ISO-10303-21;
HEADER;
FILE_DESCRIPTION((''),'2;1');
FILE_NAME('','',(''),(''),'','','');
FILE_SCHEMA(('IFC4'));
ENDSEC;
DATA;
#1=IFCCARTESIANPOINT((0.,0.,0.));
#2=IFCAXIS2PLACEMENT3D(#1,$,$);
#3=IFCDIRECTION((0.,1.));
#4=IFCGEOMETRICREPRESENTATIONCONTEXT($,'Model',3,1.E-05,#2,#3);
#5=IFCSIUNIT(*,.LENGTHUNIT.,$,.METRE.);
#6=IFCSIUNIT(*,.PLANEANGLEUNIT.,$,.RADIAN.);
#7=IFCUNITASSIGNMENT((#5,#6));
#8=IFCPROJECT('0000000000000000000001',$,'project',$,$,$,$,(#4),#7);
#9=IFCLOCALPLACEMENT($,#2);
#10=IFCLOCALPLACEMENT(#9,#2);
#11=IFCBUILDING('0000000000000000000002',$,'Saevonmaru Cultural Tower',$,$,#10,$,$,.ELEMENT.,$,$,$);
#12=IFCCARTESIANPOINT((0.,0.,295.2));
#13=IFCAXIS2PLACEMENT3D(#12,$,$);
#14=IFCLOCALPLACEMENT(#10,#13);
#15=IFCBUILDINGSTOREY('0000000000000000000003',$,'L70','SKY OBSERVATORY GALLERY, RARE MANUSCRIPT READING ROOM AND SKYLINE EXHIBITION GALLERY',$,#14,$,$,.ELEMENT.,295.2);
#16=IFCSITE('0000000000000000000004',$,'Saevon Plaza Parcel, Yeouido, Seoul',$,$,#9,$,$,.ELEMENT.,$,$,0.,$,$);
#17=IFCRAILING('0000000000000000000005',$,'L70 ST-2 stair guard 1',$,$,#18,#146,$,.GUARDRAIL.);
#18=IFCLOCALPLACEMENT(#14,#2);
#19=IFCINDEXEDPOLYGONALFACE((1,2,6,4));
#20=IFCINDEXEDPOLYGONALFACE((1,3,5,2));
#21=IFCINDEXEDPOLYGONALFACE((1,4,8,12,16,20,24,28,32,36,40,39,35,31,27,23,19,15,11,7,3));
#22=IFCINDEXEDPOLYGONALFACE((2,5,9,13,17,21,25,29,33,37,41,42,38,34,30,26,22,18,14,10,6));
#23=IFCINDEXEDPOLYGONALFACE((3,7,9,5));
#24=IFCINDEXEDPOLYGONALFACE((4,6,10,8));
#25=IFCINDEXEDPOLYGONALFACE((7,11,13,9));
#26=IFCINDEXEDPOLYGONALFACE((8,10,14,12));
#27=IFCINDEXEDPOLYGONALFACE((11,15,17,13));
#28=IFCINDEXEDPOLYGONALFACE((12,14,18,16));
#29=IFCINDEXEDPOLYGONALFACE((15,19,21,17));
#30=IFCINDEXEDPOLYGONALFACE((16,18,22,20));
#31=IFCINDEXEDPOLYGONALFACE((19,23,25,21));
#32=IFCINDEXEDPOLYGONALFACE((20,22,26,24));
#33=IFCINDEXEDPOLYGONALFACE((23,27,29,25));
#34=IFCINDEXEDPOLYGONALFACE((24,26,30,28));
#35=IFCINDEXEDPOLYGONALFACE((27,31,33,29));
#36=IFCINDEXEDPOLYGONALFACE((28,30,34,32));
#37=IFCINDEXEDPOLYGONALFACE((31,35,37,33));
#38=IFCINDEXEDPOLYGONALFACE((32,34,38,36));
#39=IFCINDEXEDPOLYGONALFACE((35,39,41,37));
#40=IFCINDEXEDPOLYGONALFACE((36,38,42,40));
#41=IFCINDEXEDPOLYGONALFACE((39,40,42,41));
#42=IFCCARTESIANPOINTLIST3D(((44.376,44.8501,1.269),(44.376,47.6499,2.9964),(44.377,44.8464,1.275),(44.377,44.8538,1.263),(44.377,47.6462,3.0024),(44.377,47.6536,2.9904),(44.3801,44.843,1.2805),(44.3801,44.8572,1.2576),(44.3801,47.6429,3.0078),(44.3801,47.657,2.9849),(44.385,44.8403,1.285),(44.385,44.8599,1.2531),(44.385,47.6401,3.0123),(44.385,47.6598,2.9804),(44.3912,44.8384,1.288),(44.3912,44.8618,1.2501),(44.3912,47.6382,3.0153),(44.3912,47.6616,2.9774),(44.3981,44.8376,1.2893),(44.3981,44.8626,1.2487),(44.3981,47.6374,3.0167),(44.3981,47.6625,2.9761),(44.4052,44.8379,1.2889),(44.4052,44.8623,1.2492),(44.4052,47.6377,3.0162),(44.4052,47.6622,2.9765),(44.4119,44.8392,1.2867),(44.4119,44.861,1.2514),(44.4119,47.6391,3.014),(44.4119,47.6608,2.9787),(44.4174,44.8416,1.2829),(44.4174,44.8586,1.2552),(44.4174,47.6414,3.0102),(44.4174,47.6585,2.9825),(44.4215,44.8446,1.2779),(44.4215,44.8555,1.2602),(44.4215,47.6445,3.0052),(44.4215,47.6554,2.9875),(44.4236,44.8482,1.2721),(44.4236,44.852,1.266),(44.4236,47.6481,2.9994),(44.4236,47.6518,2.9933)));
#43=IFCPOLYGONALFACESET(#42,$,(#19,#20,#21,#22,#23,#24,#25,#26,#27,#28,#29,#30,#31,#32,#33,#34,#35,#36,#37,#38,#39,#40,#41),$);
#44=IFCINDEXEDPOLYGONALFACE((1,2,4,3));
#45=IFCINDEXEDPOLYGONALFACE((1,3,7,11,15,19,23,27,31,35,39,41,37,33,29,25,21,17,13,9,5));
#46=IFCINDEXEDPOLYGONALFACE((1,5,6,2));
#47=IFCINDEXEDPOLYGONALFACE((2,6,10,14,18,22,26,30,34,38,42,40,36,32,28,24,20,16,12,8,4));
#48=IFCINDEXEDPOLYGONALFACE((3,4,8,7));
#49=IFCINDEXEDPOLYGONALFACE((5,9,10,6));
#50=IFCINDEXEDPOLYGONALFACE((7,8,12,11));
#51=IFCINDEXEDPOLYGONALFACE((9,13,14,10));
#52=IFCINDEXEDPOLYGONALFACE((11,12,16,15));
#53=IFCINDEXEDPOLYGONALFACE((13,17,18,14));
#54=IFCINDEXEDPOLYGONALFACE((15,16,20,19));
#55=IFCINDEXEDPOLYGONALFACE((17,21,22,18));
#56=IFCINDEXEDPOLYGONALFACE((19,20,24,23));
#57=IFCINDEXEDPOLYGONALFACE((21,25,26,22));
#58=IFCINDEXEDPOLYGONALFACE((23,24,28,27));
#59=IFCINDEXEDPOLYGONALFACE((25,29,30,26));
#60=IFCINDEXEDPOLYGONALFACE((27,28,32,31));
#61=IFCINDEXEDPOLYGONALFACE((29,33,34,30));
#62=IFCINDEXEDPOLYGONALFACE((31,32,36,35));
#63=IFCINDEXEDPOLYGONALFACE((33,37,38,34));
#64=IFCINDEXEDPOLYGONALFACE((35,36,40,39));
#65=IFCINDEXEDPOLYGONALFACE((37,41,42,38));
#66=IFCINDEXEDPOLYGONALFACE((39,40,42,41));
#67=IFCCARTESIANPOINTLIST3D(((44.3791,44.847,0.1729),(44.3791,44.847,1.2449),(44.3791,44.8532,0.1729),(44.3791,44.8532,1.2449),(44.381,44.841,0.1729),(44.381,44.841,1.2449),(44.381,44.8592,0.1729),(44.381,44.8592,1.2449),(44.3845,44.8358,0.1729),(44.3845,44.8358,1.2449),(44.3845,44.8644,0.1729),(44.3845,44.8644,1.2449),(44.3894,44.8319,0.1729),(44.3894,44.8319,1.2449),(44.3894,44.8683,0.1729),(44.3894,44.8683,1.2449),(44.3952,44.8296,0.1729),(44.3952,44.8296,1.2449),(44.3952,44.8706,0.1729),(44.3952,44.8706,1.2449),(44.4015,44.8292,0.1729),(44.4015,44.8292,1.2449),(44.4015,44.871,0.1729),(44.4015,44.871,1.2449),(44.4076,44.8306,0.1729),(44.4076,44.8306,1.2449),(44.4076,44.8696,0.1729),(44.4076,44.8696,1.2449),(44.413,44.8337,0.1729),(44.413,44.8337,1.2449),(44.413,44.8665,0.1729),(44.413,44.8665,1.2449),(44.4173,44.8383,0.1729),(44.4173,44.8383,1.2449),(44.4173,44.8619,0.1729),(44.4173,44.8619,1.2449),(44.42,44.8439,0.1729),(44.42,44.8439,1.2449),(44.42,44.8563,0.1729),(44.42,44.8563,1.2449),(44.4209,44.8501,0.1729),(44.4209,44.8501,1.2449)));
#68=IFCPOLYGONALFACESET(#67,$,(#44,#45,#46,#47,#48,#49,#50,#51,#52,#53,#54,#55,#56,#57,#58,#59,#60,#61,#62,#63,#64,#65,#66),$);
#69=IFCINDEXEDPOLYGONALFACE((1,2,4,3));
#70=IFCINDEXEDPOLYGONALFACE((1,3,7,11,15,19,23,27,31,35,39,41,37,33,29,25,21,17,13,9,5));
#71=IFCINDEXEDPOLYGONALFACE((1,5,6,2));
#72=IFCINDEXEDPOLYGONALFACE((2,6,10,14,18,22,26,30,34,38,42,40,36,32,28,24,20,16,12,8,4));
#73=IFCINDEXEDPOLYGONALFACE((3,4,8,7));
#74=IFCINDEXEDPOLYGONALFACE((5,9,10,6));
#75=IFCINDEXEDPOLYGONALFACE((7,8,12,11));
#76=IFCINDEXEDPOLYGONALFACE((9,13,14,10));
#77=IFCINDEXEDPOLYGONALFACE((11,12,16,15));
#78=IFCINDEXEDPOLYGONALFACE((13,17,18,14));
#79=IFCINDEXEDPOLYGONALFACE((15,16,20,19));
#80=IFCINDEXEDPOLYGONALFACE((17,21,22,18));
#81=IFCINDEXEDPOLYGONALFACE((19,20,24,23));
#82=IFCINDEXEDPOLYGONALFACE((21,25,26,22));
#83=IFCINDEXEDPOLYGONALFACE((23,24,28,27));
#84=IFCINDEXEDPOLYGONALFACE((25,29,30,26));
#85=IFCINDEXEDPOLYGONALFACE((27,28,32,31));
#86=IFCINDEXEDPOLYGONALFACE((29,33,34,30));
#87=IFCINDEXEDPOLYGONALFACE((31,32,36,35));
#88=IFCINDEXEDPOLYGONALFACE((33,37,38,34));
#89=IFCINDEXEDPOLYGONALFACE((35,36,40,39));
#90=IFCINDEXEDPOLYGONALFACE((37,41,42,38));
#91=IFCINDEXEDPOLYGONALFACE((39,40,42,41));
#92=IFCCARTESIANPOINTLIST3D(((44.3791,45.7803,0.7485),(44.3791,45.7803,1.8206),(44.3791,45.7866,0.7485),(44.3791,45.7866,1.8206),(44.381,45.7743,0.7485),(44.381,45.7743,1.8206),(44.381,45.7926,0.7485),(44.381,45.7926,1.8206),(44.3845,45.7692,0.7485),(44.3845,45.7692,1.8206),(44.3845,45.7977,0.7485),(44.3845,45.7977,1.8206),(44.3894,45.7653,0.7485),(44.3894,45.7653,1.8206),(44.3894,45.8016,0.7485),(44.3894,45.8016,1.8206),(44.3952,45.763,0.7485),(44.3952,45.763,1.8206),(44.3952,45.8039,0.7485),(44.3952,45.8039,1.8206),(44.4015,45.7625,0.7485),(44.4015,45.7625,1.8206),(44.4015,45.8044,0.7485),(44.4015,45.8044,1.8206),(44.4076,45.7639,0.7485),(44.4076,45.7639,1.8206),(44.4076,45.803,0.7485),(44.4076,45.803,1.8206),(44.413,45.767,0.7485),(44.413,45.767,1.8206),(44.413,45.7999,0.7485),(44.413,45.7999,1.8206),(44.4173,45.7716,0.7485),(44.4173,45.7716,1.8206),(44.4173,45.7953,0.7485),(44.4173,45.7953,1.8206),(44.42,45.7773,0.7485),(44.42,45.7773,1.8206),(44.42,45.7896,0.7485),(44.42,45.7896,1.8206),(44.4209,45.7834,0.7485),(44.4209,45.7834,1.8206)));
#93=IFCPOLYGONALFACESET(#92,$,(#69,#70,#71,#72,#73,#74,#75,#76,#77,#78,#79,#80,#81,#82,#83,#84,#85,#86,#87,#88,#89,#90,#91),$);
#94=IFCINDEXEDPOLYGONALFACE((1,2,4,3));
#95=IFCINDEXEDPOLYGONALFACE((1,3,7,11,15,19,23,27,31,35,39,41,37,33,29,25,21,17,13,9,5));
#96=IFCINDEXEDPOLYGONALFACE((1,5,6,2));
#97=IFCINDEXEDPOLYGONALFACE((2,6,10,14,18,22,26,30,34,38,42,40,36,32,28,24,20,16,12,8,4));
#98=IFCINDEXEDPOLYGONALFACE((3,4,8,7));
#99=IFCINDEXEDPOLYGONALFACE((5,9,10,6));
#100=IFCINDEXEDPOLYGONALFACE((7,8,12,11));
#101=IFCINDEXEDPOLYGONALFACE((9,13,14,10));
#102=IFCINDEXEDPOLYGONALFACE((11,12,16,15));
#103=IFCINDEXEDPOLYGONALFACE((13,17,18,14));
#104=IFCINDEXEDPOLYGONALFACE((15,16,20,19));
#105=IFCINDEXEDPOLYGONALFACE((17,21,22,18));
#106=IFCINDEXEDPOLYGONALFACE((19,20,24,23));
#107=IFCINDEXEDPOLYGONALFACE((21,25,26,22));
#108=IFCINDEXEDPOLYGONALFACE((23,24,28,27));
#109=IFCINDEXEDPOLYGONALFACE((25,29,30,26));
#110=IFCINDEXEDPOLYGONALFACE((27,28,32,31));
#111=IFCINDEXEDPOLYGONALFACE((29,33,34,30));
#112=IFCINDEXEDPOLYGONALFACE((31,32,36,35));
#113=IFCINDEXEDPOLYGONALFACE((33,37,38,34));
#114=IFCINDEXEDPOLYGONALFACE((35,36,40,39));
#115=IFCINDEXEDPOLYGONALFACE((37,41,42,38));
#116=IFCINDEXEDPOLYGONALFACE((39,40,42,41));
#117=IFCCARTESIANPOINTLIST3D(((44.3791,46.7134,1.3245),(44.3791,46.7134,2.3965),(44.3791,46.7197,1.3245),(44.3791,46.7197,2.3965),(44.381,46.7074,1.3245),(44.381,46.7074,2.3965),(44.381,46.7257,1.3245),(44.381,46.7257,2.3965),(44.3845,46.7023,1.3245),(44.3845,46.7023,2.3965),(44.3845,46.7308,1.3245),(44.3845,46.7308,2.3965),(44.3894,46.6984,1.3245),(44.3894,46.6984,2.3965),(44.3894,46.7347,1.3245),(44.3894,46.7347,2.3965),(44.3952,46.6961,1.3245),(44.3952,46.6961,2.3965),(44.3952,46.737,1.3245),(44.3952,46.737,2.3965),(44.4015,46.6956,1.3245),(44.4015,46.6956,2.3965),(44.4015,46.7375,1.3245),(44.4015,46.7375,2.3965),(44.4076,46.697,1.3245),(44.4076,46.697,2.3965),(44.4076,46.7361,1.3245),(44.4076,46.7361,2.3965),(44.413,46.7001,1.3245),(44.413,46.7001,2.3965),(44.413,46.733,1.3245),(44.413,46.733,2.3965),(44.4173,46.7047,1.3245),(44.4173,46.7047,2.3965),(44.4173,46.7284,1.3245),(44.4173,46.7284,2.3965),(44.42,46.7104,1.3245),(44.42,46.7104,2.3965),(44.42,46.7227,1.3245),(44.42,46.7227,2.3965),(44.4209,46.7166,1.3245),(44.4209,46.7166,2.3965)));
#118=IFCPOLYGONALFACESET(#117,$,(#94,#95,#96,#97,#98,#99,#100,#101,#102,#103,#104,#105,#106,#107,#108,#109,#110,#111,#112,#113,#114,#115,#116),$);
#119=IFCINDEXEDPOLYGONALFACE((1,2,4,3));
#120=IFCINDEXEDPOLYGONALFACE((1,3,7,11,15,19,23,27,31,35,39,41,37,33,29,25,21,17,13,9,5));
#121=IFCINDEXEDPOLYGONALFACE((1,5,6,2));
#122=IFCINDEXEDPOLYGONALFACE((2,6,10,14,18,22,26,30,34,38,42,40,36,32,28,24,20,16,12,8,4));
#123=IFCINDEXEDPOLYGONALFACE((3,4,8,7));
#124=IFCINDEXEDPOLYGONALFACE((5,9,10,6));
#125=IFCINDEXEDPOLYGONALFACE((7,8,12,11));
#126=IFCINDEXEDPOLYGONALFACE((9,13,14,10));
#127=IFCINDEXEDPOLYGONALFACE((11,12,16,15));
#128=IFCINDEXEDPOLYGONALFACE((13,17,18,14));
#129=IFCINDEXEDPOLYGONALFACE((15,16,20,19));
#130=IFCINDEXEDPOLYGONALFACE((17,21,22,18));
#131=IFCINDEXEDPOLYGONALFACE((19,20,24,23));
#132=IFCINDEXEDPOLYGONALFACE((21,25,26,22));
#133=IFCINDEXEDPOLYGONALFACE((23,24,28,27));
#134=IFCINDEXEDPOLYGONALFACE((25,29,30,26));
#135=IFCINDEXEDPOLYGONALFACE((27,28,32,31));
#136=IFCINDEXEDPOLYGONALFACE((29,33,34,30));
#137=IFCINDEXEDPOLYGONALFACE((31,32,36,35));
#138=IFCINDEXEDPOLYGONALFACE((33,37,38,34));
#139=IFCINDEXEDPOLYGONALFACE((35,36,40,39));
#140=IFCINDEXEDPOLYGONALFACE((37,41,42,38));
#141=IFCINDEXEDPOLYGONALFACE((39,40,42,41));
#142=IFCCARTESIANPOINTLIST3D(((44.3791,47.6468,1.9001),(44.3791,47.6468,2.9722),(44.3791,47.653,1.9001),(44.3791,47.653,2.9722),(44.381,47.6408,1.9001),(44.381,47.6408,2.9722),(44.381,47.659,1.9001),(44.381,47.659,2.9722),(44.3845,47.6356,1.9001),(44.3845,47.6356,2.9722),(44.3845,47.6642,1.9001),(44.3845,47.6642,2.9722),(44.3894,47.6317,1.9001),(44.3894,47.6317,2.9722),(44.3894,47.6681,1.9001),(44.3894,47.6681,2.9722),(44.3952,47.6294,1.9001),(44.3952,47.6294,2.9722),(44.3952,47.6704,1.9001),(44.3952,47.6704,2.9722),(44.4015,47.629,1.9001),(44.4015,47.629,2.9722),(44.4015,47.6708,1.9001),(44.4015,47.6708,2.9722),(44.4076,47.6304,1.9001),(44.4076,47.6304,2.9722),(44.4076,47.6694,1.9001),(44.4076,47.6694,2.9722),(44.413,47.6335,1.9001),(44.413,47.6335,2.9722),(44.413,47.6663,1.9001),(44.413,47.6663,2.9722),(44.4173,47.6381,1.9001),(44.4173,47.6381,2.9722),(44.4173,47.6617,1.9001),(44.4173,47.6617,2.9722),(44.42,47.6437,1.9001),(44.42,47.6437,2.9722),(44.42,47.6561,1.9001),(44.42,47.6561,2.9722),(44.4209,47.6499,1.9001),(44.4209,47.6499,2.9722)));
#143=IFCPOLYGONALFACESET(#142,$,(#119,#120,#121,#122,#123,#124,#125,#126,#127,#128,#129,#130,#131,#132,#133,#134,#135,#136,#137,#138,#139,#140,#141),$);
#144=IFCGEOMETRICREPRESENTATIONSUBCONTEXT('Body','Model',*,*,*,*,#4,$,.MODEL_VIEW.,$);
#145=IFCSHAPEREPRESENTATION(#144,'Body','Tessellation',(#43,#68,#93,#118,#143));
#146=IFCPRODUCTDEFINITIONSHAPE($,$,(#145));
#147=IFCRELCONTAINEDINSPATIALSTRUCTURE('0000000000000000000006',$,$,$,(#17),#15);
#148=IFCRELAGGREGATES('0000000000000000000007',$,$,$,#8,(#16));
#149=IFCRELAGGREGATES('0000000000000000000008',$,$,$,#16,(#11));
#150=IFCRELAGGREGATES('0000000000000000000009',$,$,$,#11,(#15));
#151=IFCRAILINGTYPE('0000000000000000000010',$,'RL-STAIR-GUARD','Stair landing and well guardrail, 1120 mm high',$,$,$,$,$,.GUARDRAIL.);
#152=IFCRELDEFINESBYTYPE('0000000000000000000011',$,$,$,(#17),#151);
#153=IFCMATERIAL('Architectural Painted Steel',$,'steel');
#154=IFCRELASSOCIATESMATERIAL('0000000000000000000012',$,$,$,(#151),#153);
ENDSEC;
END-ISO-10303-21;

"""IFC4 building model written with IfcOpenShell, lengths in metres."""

from ifc_helpers import new_model, si_unit, direction, frame, origin, origin_2d, place, context, subcontext, project, spatial, circle, extrude, material, type_object, element, save


model = new_model("IFC4")

# Units and contexts
model_context = context("Model", 3, precision=1e-05, world=origin(), true_north=direction((0.0, 1.0)))
body_context = subcontext(model_context, "Body", "Model", "MODEL_VIEW")
ifc_project = project(units=[si_unit("LENGTHUNIT", "METRE"), si_unit("PLANEANGLEUNIT", "RADIAN")], contexts=[model_context])

# Site, building, storey
site_placement = place(None, origin())
site = spatial("IfcSite", under=ifc_project, at=site_placement, Name="Saevon Plaza Parcel, Yeouido, Seoul", CompositionType="ELEMENT", RefElevation=0.0)
building_placement = place(site_placement, origin())
building = spatial("IfcBuilding", under=site, at=building_placement, Name="Saevonmaru Cultural Tower", CompositionType="ELEMENT")
storey_placement = place(building_placement, frame((0.0, 0.0, 295.2)))
storey = spatial("IfcBuildingStorey", under=building, at=storey_placement, Name="L70", Description="SKY OBSERVATORY GALLERY, RARE MANUSCRIPT READING ROOM AND SKYLINE EXHIBITION GALLERY", CompositionType="ELEMENT", Elevation=295.2)

# Railing
ifc_material_1 = material(Name="Architectural Painted Steel", Category="steel")
railing_type_1 = type_object("IfcRailingType", Name="RL-STAIR-GUARD", Description="Stair landing and well guardrail, 1120 mm high", PredefinedType="GUARDRAIL", material=ifc_material_1)
railing_1_placement = place(storey_placement, frame((44.3999, 44.8501, 0.1729)))
element("IfcRailing", 1, at=railing_1_placement, inside=storey, type_object=railing_type_1, Name="L70 ST-2 stair guard 1", PredefinedType="GUARDRAIL", context=body_context, shape_type="SweptSolid", body=[
    extrude(circle(Radius=0.0239, at=origin_2d()), frame((0.0, 0.0, 1.0962), z_axis=(0.0, 0.851069, 0.525054), x_axis=(-1.0, 0.0, 0.0)), (0.0, 0.0, 1.0), 3.2898),
    extrude(circle(Radius=0.021, at=origin_2d()), origin(), (0.0, 0.0, 1.0), 1.072),
    extrude(circle(Radius=0.021, at=origin_2d()), frame((0.0, 0.9333, 0.5757)), (0.0, 0.0, 1.0), 1.072),
    extrude(circle(Radius=0.021, at=origin_2d()), frame((0.0, 1.8665, 1.1516)), (0.0, 0.0, 1.0), 1.072),
    extrude(circle(Radius=0.021, at=origin_2d()), frame((0.0, 2.7998, 1.7273)), (0.0, 0.0, 1.0), 1.072),
])

save(model, "model.ifc")
